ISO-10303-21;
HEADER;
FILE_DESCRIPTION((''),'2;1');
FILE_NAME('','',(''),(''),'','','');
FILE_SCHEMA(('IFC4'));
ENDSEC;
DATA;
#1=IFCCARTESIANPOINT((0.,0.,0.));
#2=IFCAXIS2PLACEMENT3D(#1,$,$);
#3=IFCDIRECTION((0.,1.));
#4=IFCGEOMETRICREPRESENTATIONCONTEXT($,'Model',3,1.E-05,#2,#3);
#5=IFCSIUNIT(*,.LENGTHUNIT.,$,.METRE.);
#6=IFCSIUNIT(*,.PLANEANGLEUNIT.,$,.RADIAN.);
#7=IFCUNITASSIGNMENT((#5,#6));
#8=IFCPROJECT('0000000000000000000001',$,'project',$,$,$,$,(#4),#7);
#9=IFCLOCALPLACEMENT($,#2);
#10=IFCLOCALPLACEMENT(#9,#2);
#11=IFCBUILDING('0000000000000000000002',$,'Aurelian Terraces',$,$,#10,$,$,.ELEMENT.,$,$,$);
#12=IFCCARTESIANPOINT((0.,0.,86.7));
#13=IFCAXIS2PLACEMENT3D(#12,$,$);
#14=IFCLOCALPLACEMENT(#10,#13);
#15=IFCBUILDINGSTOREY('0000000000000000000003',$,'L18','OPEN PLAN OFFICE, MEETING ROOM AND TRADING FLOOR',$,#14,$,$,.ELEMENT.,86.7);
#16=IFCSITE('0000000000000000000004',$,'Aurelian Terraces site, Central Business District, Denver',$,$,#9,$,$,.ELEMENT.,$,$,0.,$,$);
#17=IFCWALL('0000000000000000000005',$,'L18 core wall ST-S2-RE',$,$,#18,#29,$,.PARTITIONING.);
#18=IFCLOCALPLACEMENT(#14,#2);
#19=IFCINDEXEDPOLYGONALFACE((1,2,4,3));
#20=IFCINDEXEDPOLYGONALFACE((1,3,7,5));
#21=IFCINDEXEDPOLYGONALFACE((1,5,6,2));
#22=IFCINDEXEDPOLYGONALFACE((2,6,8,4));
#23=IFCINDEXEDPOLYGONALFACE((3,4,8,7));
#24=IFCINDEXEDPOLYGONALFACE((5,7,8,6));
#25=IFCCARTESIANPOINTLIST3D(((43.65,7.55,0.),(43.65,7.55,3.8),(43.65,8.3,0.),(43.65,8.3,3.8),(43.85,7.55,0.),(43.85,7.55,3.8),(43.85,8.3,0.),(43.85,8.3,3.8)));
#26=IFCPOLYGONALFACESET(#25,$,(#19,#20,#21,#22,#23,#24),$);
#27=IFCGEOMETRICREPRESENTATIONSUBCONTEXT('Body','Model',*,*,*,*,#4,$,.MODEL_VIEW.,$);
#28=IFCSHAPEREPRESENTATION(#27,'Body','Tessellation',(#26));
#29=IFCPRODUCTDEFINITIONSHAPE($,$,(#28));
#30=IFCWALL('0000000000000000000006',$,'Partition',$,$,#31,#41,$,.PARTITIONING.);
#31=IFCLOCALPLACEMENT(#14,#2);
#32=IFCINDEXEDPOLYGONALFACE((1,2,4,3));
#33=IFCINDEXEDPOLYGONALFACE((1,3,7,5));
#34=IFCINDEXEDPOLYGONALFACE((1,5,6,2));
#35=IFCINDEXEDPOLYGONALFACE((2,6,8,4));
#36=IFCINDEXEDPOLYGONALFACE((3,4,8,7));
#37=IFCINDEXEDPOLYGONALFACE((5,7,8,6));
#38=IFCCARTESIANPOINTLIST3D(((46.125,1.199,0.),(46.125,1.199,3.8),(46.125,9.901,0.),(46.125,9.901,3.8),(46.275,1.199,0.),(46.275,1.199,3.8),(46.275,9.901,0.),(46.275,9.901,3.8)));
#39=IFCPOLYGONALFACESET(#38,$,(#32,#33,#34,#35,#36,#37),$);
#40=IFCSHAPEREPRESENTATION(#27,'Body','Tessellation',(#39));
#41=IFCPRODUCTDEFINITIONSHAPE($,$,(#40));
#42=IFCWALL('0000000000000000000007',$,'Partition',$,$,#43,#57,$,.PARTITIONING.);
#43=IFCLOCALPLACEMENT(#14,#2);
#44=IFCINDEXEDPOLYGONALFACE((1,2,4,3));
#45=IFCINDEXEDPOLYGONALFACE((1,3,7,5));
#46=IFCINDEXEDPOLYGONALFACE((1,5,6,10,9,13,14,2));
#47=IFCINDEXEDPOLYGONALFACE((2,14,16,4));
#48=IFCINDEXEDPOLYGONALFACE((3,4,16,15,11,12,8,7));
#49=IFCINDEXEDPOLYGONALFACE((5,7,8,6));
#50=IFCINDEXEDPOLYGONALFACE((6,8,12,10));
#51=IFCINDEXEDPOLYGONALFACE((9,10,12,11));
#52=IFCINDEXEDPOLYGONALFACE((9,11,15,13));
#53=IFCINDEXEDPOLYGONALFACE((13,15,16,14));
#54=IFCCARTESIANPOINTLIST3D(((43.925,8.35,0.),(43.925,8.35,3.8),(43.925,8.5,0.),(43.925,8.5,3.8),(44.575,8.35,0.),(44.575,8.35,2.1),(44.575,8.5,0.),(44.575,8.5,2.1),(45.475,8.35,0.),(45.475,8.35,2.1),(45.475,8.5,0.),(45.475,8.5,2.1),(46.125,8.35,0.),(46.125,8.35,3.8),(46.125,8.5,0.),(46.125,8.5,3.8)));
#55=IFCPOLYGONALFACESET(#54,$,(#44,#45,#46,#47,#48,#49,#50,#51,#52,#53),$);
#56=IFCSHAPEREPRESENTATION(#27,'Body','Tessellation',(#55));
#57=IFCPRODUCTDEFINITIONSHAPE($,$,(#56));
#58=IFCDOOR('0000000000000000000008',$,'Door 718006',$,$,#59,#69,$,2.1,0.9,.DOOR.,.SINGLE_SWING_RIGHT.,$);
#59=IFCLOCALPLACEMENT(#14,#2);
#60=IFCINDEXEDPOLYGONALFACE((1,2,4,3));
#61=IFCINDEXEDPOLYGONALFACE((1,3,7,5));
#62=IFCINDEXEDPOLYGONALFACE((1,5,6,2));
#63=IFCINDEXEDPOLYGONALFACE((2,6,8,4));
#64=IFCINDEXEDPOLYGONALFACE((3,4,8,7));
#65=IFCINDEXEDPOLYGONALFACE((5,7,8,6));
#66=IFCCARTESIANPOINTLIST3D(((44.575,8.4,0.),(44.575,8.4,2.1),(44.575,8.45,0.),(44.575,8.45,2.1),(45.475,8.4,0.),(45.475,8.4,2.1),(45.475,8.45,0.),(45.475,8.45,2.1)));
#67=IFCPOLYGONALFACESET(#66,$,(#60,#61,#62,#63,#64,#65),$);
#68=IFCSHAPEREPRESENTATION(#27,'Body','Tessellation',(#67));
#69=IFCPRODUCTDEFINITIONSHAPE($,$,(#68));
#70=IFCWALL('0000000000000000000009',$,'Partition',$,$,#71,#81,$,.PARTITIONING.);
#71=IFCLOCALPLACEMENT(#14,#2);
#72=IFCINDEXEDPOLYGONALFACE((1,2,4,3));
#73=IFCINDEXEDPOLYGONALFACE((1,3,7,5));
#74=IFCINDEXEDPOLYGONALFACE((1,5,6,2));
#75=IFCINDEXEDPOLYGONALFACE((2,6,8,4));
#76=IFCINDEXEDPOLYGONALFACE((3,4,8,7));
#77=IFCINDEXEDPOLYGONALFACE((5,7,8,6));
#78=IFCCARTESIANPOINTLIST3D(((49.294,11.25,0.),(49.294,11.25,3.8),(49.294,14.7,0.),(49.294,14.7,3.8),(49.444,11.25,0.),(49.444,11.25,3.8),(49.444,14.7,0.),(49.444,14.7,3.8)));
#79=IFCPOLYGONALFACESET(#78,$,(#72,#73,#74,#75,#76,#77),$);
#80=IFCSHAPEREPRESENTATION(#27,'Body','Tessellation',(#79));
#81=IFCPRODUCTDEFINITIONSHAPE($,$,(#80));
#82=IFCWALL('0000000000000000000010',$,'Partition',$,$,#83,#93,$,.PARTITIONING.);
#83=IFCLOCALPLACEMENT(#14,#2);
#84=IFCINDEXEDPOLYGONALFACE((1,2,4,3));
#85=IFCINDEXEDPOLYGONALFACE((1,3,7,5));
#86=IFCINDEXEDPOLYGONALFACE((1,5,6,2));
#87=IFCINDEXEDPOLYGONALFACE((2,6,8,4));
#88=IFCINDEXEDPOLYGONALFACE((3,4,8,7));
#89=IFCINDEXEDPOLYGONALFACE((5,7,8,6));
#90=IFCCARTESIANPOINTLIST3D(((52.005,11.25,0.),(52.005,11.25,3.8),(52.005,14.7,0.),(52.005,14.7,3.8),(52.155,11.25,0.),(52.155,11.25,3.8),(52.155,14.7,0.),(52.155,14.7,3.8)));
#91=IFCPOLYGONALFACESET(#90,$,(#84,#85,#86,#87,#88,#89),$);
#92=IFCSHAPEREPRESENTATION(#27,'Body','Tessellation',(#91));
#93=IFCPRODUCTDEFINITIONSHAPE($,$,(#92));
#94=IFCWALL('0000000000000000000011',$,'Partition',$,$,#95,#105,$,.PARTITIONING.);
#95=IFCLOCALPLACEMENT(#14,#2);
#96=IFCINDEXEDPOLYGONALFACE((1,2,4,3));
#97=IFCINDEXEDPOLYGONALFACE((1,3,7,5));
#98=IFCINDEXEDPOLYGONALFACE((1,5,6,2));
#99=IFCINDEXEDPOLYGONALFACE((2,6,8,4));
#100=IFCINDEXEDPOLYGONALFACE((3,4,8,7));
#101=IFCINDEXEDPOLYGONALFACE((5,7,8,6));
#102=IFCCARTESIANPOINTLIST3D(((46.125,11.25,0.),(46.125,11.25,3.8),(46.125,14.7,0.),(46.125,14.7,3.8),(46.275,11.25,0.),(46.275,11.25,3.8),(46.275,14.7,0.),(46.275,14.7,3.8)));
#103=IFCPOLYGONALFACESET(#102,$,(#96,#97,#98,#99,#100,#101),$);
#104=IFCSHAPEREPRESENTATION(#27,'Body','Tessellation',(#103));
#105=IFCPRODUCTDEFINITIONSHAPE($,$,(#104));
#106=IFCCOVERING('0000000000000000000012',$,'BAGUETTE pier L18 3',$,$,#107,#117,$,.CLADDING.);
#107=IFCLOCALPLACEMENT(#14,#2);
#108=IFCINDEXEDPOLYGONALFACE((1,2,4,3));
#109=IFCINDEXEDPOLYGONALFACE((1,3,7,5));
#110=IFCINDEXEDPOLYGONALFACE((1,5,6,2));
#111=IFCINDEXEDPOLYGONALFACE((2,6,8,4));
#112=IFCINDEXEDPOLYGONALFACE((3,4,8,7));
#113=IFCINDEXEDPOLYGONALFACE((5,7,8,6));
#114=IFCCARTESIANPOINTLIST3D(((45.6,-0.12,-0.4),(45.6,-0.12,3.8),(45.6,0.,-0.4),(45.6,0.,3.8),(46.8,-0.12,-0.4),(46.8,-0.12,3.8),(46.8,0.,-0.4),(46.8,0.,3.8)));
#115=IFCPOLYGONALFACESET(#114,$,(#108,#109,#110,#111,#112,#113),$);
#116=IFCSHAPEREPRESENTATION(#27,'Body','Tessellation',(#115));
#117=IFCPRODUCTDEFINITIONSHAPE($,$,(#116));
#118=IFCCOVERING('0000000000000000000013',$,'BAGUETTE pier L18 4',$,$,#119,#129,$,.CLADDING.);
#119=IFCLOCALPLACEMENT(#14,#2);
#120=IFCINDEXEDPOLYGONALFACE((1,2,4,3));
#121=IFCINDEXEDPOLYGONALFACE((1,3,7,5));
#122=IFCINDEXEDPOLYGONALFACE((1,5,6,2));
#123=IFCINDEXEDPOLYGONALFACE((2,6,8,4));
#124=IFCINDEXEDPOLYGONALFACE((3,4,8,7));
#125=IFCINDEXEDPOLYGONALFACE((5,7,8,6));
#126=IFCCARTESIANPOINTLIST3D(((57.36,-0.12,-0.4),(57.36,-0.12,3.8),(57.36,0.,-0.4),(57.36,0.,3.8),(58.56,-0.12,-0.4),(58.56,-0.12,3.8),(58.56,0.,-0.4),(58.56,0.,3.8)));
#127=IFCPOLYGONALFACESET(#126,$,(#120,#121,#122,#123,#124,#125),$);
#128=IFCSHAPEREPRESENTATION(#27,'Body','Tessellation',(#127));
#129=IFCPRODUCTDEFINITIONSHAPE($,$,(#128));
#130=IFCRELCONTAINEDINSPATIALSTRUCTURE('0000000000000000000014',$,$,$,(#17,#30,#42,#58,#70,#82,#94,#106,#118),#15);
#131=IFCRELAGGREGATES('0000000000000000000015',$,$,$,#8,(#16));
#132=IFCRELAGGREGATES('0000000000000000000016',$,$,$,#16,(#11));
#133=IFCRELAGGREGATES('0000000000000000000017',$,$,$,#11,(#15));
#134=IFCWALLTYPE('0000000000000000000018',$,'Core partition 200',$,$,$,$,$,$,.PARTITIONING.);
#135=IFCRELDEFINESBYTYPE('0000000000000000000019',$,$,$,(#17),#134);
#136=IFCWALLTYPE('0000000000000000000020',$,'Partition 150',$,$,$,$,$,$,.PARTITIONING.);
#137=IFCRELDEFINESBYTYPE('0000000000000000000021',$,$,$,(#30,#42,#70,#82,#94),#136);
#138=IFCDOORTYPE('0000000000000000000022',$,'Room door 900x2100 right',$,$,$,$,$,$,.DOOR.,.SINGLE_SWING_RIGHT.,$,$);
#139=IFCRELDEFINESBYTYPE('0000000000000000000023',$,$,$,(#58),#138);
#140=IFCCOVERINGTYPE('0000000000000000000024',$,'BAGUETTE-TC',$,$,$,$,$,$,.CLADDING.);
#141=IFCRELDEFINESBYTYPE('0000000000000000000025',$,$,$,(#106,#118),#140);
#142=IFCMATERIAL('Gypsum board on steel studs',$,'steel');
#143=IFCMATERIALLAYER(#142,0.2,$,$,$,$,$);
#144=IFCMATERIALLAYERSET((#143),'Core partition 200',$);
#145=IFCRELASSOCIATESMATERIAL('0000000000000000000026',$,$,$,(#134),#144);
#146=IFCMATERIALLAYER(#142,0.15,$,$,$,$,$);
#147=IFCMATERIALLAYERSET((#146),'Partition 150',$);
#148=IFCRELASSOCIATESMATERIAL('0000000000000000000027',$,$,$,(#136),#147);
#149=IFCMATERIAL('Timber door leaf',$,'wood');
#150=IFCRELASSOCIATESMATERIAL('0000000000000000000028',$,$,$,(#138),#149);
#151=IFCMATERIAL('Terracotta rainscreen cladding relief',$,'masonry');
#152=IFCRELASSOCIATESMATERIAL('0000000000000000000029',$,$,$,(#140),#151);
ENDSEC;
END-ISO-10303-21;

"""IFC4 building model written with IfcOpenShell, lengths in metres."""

from ifc_helpers import new_model, si_unit, direction, frame, frame_2d, origin, origin_2d, place, context, subcontext, project, spatial, rectangle, extrude, source, transform, mapped, material, layer, layer_set, type_object, element, fill, save


model = new_model("IFC4")

# Units and contexts
model_context = context("Model", 3, precision=1e-05, world=origin(), true_north=direction((0.0, 1.0)))
body_context = subcontext(model_context, "Body", "Model", "MODEL_VIEW")
ifc_project = project(units=[si_unit("LENGTHUNIT", "METRE"), si_unit("PLANEANGLEUNIT", "RADIAN")], contexts=[model_context])

# Site, building, storey
site_placement = place(None, origin())
site = spatial("IfcSite", under=ifc_project, at=site_placement, Name="Aurelian Terraces site, Central Business District, Denver", CompositionType="ELEMENT", RefElevation=0.0)
building_placement = place(site_placement, origin())
building = spatial("IfcBuilding", under=site, at=building_placement, Name="Aurelian Terraces", CompositionType="ELEMENT")
storey_placement = place(building_placement, frame((0.0, 0.0, 86.7)))
storey = spatial("IfcBuildingStorey", under=building, at=storey_placement, Name="L18", Description="OPEN PLAN OFFICE, MEETING ROOM AND TRADING FLOOR", CompositionType="ELEMENT", Elevation=86.7)

# Walls
ifc_material_1 = material(Name="Gypsum board on steel studs", Category="steel")
ifc_layer_1 = layer(ifc_material_1, 0.2)
ifc_layer_set_1 = layer_set([ifc_layer_1], Name="Core partition 200")
wall_type_1 = type_object("IfcWallType", Name="Core partition 200", PredefinedType="PARTITIONING", material=ifc_layer_set_1)
shared_shape_1 = source(origin(), body_context, "Body", "SweptSolid", [
    extrude(rectangle(XDim=0.75, YDim=0.2, at=frame_2d((0.375, 0.0))), origin(), (0.0, 0.0, 1.0), 3.8),
])
wall_1_placement = place(storey_placement, frame((43.75, 7.55, 0.0), z_axis=(0.0, 0.0, 1.0), x_axis=(0.0, 1.0, 0.0)))
element("IfcWall", 1, at=wall_1_placement, inside=storey, type_object=wall_type_1, Name="L18 core wall ST-S2-RE", PredefinedType="PARTITIONING", context=body_context, shape_type="MappedRepresentation", body=[
    mapped(shared_shape_1, transform((0.0, 0.0, 0.0), scale=1.0)),
])
ifc_layer_2 = layer(ifc_material_1, 0.15)
ifc_layer_set_2 = layer_set([ifc_layer_2], Name="Partition 150")
wall_type_2 = type_object("IfcWallType", Name="Partition 150", PredefinedType="PARTITIONING", material=ifc_layer_set_2)
shared_shape_2 = source(origin(), body_context, "Body", "SweptSolid", [
    extrude(rectangle(XDim=8.702, YDim=0.15, at=frame_2d((4.351, 0.0))), origin(), (0.0, 0.0, 1.0), 3.8),
])
wall_2_placement = place(storey_placement, frame((46.2, 1.199, 0.0), z_axis=(0.0, 0.0, 1.0), x_axis=(0.0, 1.0, 0.0)))
element("IfcWall", 2, at=wall_2_placement, inside=storey, type_object=wall_type_2, Name="Partition", PredefinedType="PARTITIONING", context=body_context, shape_type="MappedRepresentation", body=[
    mapped(shared_shape_2, transform((0.0, 0.0, 0.0), scale=1.0)),
])

# Wall, opening, door
shared_shape_3 = source(origin(), body_context, "Body", "SweptSolid", [
    extrude(rectangle(XDim=2.2, YDim=0.15, at=frame_2d((1.1, 0.0))), origin(), (0.0, 0.0, 1.0), 3.8),
])
wall_3_placement = place(storey_placement, frame((46.125, 8.425, 0.0), z_axis=(0.0, 0.0, 1.0), x_axis=(-1.0, 0.0, 0.0)))
wall_3 = element("IfcWall", 3, at=wall_3_placement, inside=storey, type_object=wall_type_2, Name="Partition", PredefinedType="PARTITIONING", context=body_context, shape_type="MappedRepresentation", body=[
    mapped(shared_shape_3, transform((0.0, 0.0, 0.0), scale=1.0)),
])
shared_shape_4 = source(origin(), body_context, "Body", "SweptSolid", [
    extrude(rectangle(XDim=0.9, YDim=2.1, at=frame_2d((0.45, 1.05))), frame((0.0, 0.085, 0.0), z_axis=(0.0, -1.0, 0.0), x_axis=(1.0, 0.0, 0.0)), (0.0, 0.0, 1.0), 0.17),
])
opening_1_placement = place(wall_3_placement, frame((0.65, 0.0, 0.0)))
opening_1 = element("IfcOpeningElement", 4, at=opening_1_placement, cuts=wall_3, PredefinedType="OPENING", context=body_context, shape_type="MappedRepresentation", body=[
    mapped(shared_shape_4, transform((0.0, 0.0, 0.0), scale=1.0)),
])
ifc_material_2 = material(Name="Timber door leaf", Category="wood")
door_type = type_object("IfcDoorType", Name="Room door 900x2100 right", OperationType="SINGLE_SWING_RIGHT", PredefinedType="DOOR", material=ifc_material_2)
shared_shape_5 = source(origin(), body_context, "Body", "SweptSolid", [
    extrude(rectangle(XDim=0.9, YDim=2.1, at=frame_2d((0.45, 1.05))), frame((0.0, 0.025, 0.0), z_axis=(0.0, -1.0, 0.0), x_axis=(1.0, 0.0, 0.0)), (0.0, 0.0, 1.0), 0.05),
])
door_placement = place(opening_1_placement, origin())
door = element("IfcDoor", 5, at=door_placement, inside=storey, type_object=door_type, Name="Door 718006", OperationType="SINGLE_SWING_RIGHT", OverallHeight=2.1, OverallWidth=0.9, PredefinedType="DOOR", context=body_context, shape_type="MappedRepresentation", body=[
    mapped(shared_shape_5, transform((0.0, 0.0, 0.0), scale=1.0)),
])
fill(opening_1, door)

# Walls
shared_shape_6 = source(origin(), body_context, "Body", "SweptSolid", [
    extrude(rectangle(XDim=3.45, YDim=0.15, at=frame_2d((1.725, 0.0))), origin(), (0.0, 0.0, 1.0), 3.8),
])
for number, where, z_axis, x_axis, name in (
    (6, (49.369, 11.25, 0.0), (0.0, 0.0, 1.0), (0.0, 1.0, 0.0), "Partition"),
    (7, (52.08, 11.25, 0.0), (0.0, 0.0, 1.0), (0.0, 1.0, 0.0), "Partition"),
    (8, (46.2, 11.25, 0.0), (0.0, 0.0, 1.0), (0.0, 1.0, 0.0), "Partition"),
):
    element("IfcWall", number, at=place(storey_placement, frame(where, z_axis=z_axis, x_axis=x_axis)), inside=storey, type_object=wall_type_2, Name=name, PredefinedType="PARTITIONING", context=body_context, shape_type="MappedRepresentation", body=[
        mapped(shared_shape_6, transform((0.0, 0.0, 0.0), scale=1.0)),
    ])

# Coverings
ifc_material_3 = material(Name="Terracotta rainscreen cladding relief", Category="masonry")
covering_type = type_object("IfcCoveringType", Name="BAGUETTE-TC", PredefinedType="CLADDING", material=ifc_material_3)
shared_shape_7 = source(origin(), body_context, "Body", "SweptSolid", [
    extrude(rectangle(XDim=1.2, YDim=0.12, at=origin_2d()), origin(), (0.0, 0.0, 1.0), 4.2),
])
for number, where, z_axis, x_axis, name in (
    (9, (46.2, -0.06, -0.4), (0.0, 0.0, 1.0), (1.0, 0.0, 0.0), "BAGUETTE pier L18 3"),
    (10, (57.96, -0.06, -0.4), (0.0, 0.0, 1.0), (1.0, 0.0, 0.0), "BAGUETTE pier L18 4"),
):
    element("IfcCovering", number, at=place(storey_placement, frame(where, z_axis=z_axis, x_axis=x_axis)), inside=storey, type_object=covering_type, Name=name, PredefinedType="CLADDING", context=body_context, shape_type="MappedRepresentation", body=[
        mapped(shared_shape_7, transform((0.0, 0.0, 0.0), scale=1.0)),
    ])

save(model, "model.ifc")
